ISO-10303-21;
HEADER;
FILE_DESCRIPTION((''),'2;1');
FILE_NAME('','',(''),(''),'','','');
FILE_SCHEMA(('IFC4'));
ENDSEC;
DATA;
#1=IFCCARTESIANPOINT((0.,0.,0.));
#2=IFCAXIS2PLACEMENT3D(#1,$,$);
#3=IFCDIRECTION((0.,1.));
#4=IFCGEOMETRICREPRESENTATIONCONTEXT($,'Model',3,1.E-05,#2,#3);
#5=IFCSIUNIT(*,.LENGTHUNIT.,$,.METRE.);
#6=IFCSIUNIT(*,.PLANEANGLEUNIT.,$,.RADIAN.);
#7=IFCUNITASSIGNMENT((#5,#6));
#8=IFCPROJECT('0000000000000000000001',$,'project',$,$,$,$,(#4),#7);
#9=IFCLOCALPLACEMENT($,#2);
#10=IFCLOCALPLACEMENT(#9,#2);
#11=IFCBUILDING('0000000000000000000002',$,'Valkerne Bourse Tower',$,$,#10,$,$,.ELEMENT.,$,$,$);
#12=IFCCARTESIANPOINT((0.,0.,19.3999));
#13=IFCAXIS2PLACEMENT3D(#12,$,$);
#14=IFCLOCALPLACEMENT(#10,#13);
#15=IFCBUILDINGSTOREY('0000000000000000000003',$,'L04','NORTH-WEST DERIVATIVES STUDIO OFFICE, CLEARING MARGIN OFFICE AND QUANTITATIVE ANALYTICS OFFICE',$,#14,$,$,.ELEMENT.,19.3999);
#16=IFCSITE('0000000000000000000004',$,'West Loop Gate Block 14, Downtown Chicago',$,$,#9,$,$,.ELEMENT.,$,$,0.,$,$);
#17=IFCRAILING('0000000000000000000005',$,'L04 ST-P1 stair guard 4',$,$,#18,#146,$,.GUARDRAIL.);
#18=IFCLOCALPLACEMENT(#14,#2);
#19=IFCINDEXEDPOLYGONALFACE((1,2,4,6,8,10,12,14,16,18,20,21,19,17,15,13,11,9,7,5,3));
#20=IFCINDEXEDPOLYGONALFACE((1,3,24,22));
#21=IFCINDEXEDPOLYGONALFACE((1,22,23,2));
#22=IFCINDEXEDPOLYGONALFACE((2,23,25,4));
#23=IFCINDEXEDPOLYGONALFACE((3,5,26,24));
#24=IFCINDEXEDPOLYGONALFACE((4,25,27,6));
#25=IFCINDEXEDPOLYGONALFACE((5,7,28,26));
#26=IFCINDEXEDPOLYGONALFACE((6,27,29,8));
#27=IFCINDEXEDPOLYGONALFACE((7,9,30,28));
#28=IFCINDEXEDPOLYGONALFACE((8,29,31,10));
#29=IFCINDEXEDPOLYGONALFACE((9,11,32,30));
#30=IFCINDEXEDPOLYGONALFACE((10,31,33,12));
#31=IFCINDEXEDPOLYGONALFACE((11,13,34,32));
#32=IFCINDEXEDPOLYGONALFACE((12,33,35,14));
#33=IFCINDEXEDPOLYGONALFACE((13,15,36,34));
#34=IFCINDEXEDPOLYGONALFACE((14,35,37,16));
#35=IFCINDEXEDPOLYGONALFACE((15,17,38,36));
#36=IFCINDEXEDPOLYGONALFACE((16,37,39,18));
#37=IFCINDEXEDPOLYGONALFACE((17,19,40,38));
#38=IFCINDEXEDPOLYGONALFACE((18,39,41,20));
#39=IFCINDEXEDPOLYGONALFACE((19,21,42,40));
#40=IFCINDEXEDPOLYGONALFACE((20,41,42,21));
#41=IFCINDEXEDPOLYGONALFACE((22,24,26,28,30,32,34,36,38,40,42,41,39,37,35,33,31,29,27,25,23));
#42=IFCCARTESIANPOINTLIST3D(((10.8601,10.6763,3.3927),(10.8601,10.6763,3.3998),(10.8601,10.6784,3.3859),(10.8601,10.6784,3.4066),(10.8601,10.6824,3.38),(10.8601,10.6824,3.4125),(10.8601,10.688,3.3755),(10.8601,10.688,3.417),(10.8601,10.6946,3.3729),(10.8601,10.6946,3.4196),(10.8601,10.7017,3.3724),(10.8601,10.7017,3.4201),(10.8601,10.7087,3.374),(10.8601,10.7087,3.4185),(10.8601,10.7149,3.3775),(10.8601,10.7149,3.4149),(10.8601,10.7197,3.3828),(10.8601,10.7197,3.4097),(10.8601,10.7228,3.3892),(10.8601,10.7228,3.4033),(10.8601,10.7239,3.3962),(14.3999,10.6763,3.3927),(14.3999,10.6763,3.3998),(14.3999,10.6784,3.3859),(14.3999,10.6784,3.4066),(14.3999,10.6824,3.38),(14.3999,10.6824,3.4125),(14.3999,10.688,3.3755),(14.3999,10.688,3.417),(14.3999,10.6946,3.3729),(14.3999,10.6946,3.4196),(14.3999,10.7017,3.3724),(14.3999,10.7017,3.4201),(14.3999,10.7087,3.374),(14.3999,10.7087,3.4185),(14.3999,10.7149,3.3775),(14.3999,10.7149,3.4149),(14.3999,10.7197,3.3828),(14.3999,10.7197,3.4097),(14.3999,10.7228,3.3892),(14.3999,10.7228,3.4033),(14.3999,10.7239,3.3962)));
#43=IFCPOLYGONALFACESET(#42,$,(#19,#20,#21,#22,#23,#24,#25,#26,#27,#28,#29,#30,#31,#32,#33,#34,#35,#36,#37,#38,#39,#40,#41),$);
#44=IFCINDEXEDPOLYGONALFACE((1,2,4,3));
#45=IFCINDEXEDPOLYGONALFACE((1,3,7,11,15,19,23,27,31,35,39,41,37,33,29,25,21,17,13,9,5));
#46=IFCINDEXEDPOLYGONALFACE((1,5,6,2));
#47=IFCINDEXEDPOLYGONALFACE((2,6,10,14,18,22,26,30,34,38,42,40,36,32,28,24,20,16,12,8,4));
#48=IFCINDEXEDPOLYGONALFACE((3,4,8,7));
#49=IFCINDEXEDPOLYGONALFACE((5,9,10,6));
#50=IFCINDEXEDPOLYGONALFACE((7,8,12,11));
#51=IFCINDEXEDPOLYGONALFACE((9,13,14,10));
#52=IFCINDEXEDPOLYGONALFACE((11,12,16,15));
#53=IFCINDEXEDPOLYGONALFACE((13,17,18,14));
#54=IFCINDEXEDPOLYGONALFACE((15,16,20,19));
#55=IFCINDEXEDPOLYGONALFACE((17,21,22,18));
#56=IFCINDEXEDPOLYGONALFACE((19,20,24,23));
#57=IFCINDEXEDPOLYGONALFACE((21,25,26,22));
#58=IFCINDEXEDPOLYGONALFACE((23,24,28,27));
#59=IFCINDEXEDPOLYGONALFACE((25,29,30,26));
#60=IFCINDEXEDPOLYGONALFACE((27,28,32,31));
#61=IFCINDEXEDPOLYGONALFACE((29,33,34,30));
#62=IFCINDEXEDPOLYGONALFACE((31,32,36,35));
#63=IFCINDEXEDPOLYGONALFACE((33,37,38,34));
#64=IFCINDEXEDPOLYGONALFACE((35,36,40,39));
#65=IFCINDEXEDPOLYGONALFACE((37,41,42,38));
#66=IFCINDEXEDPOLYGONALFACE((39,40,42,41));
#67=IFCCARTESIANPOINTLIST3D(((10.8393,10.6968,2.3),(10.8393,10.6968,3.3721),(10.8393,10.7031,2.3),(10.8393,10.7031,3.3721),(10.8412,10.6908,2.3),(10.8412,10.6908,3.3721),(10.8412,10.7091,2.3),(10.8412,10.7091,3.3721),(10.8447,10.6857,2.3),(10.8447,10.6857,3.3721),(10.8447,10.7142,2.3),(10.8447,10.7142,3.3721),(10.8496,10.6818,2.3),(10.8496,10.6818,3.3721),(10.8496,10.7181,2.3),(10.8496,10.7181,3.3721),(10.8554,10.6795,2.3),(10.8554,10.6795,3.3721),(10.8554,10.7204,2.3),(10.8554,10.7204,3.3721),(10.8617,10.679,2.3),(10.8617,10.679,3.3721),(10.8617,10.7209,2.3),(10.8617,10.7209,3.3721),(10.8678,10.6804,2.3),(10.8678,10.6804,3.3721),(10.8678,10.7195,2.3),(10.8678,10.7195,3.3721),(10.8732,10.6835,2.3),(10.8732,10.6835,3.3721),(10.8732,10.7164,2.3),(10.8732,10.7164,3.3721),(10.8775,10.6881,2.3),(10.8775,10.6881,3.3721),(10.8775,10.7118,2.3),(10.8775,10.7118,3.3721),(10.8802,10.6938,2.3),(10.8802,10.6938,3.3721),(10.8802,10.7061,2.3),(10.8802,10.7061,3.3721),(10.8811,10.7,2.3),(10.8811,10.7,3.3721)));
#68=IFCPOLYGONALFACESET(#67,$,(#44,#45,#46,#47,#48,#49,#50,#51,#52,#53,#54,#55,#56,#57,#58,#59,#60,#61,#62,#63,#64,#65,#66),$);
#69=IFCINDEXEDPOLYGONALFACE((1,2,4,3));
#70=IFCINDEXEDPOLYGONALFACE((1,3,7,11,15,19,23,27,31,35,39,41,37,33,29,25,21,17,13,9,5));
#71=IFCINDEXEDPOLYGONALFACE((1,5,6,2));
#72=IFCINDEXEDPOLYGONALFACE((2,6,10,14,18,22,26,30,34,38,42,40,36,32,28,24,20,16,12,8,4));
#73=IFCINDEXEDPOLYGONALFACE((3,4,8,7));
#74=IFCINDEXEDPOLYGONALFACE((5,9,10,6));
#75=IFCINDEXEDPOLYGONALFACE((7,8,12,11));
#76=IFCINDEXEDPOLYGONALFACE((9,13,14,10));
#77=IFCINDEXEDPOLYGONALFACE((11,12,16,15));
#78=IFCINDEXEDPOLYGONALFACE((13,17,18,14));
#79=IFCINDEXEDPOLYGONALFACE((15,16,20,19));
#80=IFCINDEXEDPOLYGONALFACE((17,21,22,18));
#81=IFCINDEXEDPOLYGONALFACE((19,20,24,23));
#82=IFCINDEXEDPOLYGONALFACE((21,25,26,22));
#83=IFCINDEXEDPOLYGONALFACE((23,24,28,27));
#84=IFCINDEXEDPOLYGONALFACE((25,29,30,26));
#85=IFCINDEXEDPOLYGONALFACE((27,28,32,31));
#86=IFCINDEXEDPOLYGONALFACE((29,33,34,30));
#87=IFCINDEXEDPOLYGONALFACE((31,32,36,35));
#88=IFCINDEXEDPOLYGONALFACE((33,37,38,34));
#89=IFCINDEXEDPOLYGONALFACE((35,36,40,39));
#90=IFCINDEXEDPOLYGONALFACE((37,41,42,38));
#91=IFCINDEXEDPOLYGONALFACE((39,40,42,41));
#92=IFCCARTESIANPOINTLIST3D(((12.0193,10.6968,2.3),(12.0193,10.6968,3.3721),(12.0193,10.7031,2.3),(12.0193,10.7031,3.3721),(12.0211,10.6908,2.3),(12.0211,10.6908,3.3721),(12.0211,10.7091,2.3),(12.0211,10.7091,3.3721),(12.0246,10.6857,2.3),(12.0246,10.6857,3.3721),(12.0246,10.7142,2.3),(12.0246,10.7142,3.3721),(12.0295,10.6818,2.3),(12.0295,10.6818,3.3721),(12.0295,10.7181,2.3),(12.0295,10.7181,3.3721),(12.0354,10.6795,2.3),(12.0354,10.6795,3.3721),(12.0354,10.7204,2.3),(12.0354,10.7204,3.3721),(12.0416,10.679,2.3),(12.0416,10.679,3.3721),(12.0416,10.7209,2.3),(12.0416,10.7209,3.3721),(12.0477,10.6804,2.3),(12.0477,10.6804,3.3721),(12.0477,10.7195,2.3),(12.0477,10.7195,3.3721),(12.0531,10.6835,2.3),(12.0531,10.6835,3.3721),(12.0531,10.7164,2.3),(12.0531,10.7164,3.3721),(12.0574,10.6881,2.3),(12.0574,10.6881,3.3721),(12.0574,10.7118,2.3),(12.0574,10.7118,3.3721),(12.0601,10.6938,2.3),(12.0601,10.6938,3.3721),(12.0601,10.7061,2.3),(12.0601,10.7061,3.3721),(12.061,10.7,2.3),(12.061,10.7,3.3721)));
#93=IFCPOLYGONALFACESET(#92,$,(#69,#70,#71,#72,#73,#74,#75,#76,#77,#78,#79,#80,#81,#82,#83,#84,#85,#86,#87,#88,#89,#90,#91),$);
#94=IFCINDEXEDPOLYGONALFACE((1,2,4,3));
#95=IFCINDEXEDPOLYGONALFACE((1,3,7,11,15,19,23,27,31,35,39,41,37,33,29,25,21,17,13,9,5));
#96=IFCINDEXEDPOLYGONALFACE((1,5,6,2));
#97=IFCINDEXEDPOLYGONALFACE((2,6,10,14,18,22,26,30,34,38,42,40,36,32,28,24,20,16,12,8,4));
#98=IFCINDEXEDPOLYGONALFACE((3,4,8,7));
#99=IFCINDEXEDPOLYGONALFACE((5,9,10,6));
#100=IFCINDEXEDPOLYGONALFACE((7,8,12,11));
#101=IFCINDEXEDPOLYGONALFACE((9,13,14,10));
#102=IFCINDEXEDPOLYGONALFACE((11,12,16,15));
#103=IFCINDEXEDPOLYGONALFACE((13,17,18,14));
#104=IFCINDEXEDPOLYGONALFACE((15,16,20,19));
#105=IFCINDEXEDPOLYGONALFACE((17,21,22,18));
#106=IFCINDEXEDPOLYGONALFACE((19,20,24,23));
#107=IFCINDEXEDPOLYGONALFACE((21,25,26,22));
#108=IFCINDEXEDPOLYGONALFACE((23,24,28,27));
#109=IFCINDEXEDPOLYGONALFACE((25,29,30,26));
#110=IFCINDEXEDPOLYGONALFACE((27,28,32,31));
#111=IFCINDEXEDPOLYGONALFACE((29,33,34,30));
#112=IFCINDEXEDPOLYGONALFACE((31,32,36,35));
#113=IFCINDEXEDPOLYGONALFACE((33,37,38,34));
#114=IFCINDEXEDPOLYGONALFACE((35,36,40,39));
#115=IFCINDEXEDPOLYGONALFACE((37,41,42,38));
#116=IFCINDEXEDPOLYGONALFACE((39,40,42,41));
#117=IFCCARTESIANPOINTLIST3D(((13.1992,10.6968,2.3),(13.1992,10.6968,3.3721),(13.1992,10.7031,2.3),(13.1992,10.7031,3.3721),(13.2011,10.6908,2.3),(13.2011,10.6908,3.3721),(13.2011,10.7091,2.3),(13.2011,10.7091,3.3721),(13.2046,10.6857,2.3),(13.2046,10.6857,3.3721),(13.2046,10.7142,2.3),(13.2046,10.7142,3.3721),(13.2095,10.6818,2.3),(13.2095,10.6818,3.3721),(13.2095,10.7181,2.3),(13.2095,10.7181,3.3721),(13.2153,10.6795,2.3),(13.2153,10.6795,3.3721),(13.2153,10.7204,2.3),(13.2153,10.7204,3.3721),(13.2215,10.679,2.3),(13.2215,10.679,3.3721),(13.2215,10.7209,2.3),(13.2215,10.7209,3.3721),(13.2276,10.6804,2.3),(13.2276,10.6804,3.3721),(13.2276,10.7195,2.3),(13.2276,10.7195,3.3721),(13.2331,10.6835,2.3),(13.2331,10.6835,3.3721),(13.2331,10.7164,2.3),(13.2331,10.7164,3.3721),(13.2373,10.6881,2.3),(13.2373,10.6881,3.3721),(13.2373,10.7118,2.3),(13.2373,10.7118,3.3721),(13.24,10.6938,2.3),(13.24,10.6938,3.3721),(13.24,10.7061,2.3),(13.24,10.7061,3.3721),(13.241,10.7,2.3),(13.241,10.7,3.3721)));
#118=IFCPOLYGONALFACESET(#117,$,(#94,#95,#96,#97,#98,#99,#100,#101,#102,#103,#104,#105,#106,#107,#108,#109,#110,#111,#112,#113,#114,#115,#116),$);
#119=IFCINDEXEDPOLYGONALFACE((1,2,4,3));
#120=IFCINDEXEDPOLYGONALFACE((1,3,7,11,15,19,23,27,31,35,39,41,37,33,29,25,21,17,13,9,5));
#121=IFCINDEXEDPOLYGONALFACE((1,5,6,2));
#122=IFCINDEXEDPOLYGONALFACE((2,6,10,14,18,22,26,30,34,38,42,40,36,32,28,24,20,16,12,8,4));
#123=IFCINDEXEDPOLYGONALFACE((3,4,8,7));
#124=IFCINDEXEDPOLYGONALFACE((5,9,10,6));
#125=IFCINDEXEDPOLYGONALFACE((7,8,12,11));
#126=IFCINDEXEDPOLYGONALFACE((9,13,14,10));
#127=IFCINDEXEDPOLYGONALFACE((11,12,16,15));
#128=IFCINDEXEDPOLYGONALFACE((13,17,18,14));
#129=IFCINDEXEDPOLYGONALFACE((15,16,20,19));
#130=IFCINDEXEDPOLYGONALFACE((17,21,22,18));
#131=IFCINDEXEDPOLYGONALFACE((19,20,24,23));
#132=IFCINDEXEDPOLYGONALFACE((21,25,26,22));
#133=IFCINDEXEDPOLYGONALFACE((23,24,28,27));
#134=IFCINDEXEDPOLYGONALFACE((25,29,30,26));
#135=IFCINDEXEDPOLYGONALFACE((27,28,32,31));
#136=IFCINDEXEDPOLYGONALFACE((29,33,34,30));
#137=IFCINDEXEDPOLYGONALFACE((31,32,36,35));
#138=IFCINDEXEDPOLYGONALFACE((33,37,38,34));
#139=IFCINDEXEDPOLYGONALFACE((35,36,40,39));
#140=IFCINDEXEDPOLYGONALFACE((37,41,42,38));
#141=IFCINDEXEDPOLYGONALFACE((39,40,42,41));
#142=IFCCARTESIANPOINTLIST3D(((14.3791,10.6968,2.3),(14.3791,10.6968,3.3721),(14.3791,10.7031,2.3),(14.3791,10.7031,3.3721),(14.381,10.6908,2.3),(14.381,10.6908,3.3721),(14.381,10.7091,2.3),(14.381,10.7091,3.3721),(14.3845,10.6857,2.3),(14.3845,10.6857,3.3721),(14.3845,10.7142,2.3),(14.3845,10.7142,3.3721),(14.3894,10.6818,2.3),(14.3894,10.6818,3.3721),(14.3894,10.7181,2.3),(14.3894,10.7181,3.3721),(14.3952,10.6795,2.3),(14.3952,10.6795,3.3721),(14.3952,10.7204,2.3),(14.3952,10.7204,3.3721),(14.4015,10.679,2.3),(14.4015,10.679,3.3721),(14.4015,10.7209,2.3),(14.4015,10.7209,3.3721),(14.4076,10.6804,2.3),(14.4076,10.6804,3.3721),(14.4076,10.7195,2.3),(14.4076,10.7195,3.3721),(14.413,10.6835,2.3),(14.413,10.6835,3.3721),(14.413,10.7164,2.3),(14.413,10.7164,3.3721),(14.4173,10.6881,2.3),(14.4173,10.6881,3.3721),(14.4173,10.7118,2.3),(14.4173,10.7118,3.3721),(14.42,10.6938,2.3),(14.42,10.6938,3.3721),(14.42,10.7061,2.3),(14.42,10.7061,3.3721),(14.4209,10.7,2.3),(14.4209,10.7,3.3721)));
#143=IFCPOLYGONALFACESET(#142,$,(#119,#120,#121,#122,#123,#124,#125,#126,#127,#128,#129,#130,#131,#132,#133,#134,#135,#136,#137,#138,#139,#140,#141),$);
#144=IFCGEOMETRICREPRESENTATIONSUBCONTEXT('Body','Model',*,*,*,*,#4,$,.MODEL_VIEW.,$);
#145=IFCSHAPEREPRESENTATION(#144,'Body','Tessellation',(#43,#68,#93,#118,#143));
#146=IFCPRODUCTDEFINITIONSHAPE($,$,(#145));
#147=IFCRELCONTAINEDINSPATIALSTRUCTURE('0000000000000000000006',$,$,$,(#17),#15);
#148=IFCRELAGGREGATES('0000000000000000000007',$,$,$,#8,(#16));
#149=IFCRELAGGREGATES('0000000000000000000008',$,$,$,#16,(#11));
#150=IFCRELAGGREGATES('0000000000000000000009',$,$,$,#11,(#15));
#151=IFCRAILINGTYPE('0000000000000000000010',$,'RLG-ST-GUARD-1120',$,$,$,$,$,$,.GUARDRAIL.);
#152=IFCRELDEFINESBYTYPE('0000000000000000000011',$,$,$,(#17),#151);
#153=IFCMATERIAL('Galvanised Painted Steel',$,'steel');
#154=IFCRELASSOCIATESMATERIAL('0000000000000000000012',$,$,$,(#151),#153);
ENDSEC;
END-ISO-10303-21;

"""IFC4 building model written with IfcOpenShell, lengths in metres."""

from ifc_helpers import new_model, si_unit, direction, frame, origin, origin_2d, place, context, subcontext, project, spatial, circle, extrude, material, type_object, element, save


model = new_model("IFC4")

# Units and contexts
model_context = context("Model", 3, precision=1e-05, world=origin(), true_north=direction((0.0, 1.0)))
body_context = subcontext(model_context, "Body", "Model", "MODEL_VIEW")
ifc_project = project(units=[si_unit("LENGTHUNIT", "METRE"), si_unit("PLANEANGLEUNIT", "RADIAN")], contexts=[model_context])

# Site, building, storey
site_placement = place(None, origin())
site = spatial("IfcSite", under=ifc_project, at=site_placement, Name="West Loop Gate Block 14, Downtown Chicago", CompositionType="ELEMENT", RefElevation=0.0)
building_placement = place(site_placement, origin())
building = spatial("IfcBuilding", under=site, at=building_placement, Name="Valkerne Bourse Tower", CompositionType="ELEMENT")
storey_placement = place(building_placement, frame((0.0, 0.0, 19.3999)))
storey = spatial("IfcBuildingStorey", under=building, at=storey_placement, Name="L04", Description="NORTH-WEST DERIVATIVES STUDIO OFFICE, CLEARING MARGIN OFFICE AND QUANTITATIVE ANALYTICS OFFICE", CompositionType="ELEMENT", Elevation=19.3999)

# Railing
ifc_material_1 = material(Name="Galvanised Painted Steel", Category="steel")
railing_type_1 = type_object("IfcRailingType", Name="RLG-ST-GUARD-1120", PredefinedType="GUARDRAIL", material=ifc_material_1)
for number, where, name in (
    (1, (10.8601, 10.7, 2.3), "L04 ST-P1 stair guard 4"),
):
    element("IfcRailing", number, at=place(storey_placement, frame(where)), inside=storey, type_object=railing_type_1, Name=name, PredefinedType="GUARDRAIL", context=body_context, shape_type="SweptSolid", body=[
        extrude(circle(Radius=0.0239, at=origin_2d()), frame((0.0, 0.0, 1.0962), z_axis=(1.0, 0.0, 0.0), x_axis=(0.0, 1.0, 0.0)), (0.0, 0.0, 1.0), 3.5398),
        extrude(circle(Radius=0.021, at=origin_2d()), origin(), (0.0, 0.0, 1.0), 1.072),
        extrude(circle(Radius=0.021, at=origin_2d()), frame((1.1799, 0.0, 0.0)), (0.0, 0.0, 1.0), 1.072),
        extrude(circle(Radius=0.021, at=origin_2d()), frame((2.3599, 0.0, 0.0)), (0.0, 0.0, 1.0), 1.072),
        extrude(circle(Radius=0.021, at=origin_2d()), frame((3.5398, 0.0, 0.0)), (0.0, 0.0, 1.0), 1.072),
    ])

save(model, "model.ifc")
